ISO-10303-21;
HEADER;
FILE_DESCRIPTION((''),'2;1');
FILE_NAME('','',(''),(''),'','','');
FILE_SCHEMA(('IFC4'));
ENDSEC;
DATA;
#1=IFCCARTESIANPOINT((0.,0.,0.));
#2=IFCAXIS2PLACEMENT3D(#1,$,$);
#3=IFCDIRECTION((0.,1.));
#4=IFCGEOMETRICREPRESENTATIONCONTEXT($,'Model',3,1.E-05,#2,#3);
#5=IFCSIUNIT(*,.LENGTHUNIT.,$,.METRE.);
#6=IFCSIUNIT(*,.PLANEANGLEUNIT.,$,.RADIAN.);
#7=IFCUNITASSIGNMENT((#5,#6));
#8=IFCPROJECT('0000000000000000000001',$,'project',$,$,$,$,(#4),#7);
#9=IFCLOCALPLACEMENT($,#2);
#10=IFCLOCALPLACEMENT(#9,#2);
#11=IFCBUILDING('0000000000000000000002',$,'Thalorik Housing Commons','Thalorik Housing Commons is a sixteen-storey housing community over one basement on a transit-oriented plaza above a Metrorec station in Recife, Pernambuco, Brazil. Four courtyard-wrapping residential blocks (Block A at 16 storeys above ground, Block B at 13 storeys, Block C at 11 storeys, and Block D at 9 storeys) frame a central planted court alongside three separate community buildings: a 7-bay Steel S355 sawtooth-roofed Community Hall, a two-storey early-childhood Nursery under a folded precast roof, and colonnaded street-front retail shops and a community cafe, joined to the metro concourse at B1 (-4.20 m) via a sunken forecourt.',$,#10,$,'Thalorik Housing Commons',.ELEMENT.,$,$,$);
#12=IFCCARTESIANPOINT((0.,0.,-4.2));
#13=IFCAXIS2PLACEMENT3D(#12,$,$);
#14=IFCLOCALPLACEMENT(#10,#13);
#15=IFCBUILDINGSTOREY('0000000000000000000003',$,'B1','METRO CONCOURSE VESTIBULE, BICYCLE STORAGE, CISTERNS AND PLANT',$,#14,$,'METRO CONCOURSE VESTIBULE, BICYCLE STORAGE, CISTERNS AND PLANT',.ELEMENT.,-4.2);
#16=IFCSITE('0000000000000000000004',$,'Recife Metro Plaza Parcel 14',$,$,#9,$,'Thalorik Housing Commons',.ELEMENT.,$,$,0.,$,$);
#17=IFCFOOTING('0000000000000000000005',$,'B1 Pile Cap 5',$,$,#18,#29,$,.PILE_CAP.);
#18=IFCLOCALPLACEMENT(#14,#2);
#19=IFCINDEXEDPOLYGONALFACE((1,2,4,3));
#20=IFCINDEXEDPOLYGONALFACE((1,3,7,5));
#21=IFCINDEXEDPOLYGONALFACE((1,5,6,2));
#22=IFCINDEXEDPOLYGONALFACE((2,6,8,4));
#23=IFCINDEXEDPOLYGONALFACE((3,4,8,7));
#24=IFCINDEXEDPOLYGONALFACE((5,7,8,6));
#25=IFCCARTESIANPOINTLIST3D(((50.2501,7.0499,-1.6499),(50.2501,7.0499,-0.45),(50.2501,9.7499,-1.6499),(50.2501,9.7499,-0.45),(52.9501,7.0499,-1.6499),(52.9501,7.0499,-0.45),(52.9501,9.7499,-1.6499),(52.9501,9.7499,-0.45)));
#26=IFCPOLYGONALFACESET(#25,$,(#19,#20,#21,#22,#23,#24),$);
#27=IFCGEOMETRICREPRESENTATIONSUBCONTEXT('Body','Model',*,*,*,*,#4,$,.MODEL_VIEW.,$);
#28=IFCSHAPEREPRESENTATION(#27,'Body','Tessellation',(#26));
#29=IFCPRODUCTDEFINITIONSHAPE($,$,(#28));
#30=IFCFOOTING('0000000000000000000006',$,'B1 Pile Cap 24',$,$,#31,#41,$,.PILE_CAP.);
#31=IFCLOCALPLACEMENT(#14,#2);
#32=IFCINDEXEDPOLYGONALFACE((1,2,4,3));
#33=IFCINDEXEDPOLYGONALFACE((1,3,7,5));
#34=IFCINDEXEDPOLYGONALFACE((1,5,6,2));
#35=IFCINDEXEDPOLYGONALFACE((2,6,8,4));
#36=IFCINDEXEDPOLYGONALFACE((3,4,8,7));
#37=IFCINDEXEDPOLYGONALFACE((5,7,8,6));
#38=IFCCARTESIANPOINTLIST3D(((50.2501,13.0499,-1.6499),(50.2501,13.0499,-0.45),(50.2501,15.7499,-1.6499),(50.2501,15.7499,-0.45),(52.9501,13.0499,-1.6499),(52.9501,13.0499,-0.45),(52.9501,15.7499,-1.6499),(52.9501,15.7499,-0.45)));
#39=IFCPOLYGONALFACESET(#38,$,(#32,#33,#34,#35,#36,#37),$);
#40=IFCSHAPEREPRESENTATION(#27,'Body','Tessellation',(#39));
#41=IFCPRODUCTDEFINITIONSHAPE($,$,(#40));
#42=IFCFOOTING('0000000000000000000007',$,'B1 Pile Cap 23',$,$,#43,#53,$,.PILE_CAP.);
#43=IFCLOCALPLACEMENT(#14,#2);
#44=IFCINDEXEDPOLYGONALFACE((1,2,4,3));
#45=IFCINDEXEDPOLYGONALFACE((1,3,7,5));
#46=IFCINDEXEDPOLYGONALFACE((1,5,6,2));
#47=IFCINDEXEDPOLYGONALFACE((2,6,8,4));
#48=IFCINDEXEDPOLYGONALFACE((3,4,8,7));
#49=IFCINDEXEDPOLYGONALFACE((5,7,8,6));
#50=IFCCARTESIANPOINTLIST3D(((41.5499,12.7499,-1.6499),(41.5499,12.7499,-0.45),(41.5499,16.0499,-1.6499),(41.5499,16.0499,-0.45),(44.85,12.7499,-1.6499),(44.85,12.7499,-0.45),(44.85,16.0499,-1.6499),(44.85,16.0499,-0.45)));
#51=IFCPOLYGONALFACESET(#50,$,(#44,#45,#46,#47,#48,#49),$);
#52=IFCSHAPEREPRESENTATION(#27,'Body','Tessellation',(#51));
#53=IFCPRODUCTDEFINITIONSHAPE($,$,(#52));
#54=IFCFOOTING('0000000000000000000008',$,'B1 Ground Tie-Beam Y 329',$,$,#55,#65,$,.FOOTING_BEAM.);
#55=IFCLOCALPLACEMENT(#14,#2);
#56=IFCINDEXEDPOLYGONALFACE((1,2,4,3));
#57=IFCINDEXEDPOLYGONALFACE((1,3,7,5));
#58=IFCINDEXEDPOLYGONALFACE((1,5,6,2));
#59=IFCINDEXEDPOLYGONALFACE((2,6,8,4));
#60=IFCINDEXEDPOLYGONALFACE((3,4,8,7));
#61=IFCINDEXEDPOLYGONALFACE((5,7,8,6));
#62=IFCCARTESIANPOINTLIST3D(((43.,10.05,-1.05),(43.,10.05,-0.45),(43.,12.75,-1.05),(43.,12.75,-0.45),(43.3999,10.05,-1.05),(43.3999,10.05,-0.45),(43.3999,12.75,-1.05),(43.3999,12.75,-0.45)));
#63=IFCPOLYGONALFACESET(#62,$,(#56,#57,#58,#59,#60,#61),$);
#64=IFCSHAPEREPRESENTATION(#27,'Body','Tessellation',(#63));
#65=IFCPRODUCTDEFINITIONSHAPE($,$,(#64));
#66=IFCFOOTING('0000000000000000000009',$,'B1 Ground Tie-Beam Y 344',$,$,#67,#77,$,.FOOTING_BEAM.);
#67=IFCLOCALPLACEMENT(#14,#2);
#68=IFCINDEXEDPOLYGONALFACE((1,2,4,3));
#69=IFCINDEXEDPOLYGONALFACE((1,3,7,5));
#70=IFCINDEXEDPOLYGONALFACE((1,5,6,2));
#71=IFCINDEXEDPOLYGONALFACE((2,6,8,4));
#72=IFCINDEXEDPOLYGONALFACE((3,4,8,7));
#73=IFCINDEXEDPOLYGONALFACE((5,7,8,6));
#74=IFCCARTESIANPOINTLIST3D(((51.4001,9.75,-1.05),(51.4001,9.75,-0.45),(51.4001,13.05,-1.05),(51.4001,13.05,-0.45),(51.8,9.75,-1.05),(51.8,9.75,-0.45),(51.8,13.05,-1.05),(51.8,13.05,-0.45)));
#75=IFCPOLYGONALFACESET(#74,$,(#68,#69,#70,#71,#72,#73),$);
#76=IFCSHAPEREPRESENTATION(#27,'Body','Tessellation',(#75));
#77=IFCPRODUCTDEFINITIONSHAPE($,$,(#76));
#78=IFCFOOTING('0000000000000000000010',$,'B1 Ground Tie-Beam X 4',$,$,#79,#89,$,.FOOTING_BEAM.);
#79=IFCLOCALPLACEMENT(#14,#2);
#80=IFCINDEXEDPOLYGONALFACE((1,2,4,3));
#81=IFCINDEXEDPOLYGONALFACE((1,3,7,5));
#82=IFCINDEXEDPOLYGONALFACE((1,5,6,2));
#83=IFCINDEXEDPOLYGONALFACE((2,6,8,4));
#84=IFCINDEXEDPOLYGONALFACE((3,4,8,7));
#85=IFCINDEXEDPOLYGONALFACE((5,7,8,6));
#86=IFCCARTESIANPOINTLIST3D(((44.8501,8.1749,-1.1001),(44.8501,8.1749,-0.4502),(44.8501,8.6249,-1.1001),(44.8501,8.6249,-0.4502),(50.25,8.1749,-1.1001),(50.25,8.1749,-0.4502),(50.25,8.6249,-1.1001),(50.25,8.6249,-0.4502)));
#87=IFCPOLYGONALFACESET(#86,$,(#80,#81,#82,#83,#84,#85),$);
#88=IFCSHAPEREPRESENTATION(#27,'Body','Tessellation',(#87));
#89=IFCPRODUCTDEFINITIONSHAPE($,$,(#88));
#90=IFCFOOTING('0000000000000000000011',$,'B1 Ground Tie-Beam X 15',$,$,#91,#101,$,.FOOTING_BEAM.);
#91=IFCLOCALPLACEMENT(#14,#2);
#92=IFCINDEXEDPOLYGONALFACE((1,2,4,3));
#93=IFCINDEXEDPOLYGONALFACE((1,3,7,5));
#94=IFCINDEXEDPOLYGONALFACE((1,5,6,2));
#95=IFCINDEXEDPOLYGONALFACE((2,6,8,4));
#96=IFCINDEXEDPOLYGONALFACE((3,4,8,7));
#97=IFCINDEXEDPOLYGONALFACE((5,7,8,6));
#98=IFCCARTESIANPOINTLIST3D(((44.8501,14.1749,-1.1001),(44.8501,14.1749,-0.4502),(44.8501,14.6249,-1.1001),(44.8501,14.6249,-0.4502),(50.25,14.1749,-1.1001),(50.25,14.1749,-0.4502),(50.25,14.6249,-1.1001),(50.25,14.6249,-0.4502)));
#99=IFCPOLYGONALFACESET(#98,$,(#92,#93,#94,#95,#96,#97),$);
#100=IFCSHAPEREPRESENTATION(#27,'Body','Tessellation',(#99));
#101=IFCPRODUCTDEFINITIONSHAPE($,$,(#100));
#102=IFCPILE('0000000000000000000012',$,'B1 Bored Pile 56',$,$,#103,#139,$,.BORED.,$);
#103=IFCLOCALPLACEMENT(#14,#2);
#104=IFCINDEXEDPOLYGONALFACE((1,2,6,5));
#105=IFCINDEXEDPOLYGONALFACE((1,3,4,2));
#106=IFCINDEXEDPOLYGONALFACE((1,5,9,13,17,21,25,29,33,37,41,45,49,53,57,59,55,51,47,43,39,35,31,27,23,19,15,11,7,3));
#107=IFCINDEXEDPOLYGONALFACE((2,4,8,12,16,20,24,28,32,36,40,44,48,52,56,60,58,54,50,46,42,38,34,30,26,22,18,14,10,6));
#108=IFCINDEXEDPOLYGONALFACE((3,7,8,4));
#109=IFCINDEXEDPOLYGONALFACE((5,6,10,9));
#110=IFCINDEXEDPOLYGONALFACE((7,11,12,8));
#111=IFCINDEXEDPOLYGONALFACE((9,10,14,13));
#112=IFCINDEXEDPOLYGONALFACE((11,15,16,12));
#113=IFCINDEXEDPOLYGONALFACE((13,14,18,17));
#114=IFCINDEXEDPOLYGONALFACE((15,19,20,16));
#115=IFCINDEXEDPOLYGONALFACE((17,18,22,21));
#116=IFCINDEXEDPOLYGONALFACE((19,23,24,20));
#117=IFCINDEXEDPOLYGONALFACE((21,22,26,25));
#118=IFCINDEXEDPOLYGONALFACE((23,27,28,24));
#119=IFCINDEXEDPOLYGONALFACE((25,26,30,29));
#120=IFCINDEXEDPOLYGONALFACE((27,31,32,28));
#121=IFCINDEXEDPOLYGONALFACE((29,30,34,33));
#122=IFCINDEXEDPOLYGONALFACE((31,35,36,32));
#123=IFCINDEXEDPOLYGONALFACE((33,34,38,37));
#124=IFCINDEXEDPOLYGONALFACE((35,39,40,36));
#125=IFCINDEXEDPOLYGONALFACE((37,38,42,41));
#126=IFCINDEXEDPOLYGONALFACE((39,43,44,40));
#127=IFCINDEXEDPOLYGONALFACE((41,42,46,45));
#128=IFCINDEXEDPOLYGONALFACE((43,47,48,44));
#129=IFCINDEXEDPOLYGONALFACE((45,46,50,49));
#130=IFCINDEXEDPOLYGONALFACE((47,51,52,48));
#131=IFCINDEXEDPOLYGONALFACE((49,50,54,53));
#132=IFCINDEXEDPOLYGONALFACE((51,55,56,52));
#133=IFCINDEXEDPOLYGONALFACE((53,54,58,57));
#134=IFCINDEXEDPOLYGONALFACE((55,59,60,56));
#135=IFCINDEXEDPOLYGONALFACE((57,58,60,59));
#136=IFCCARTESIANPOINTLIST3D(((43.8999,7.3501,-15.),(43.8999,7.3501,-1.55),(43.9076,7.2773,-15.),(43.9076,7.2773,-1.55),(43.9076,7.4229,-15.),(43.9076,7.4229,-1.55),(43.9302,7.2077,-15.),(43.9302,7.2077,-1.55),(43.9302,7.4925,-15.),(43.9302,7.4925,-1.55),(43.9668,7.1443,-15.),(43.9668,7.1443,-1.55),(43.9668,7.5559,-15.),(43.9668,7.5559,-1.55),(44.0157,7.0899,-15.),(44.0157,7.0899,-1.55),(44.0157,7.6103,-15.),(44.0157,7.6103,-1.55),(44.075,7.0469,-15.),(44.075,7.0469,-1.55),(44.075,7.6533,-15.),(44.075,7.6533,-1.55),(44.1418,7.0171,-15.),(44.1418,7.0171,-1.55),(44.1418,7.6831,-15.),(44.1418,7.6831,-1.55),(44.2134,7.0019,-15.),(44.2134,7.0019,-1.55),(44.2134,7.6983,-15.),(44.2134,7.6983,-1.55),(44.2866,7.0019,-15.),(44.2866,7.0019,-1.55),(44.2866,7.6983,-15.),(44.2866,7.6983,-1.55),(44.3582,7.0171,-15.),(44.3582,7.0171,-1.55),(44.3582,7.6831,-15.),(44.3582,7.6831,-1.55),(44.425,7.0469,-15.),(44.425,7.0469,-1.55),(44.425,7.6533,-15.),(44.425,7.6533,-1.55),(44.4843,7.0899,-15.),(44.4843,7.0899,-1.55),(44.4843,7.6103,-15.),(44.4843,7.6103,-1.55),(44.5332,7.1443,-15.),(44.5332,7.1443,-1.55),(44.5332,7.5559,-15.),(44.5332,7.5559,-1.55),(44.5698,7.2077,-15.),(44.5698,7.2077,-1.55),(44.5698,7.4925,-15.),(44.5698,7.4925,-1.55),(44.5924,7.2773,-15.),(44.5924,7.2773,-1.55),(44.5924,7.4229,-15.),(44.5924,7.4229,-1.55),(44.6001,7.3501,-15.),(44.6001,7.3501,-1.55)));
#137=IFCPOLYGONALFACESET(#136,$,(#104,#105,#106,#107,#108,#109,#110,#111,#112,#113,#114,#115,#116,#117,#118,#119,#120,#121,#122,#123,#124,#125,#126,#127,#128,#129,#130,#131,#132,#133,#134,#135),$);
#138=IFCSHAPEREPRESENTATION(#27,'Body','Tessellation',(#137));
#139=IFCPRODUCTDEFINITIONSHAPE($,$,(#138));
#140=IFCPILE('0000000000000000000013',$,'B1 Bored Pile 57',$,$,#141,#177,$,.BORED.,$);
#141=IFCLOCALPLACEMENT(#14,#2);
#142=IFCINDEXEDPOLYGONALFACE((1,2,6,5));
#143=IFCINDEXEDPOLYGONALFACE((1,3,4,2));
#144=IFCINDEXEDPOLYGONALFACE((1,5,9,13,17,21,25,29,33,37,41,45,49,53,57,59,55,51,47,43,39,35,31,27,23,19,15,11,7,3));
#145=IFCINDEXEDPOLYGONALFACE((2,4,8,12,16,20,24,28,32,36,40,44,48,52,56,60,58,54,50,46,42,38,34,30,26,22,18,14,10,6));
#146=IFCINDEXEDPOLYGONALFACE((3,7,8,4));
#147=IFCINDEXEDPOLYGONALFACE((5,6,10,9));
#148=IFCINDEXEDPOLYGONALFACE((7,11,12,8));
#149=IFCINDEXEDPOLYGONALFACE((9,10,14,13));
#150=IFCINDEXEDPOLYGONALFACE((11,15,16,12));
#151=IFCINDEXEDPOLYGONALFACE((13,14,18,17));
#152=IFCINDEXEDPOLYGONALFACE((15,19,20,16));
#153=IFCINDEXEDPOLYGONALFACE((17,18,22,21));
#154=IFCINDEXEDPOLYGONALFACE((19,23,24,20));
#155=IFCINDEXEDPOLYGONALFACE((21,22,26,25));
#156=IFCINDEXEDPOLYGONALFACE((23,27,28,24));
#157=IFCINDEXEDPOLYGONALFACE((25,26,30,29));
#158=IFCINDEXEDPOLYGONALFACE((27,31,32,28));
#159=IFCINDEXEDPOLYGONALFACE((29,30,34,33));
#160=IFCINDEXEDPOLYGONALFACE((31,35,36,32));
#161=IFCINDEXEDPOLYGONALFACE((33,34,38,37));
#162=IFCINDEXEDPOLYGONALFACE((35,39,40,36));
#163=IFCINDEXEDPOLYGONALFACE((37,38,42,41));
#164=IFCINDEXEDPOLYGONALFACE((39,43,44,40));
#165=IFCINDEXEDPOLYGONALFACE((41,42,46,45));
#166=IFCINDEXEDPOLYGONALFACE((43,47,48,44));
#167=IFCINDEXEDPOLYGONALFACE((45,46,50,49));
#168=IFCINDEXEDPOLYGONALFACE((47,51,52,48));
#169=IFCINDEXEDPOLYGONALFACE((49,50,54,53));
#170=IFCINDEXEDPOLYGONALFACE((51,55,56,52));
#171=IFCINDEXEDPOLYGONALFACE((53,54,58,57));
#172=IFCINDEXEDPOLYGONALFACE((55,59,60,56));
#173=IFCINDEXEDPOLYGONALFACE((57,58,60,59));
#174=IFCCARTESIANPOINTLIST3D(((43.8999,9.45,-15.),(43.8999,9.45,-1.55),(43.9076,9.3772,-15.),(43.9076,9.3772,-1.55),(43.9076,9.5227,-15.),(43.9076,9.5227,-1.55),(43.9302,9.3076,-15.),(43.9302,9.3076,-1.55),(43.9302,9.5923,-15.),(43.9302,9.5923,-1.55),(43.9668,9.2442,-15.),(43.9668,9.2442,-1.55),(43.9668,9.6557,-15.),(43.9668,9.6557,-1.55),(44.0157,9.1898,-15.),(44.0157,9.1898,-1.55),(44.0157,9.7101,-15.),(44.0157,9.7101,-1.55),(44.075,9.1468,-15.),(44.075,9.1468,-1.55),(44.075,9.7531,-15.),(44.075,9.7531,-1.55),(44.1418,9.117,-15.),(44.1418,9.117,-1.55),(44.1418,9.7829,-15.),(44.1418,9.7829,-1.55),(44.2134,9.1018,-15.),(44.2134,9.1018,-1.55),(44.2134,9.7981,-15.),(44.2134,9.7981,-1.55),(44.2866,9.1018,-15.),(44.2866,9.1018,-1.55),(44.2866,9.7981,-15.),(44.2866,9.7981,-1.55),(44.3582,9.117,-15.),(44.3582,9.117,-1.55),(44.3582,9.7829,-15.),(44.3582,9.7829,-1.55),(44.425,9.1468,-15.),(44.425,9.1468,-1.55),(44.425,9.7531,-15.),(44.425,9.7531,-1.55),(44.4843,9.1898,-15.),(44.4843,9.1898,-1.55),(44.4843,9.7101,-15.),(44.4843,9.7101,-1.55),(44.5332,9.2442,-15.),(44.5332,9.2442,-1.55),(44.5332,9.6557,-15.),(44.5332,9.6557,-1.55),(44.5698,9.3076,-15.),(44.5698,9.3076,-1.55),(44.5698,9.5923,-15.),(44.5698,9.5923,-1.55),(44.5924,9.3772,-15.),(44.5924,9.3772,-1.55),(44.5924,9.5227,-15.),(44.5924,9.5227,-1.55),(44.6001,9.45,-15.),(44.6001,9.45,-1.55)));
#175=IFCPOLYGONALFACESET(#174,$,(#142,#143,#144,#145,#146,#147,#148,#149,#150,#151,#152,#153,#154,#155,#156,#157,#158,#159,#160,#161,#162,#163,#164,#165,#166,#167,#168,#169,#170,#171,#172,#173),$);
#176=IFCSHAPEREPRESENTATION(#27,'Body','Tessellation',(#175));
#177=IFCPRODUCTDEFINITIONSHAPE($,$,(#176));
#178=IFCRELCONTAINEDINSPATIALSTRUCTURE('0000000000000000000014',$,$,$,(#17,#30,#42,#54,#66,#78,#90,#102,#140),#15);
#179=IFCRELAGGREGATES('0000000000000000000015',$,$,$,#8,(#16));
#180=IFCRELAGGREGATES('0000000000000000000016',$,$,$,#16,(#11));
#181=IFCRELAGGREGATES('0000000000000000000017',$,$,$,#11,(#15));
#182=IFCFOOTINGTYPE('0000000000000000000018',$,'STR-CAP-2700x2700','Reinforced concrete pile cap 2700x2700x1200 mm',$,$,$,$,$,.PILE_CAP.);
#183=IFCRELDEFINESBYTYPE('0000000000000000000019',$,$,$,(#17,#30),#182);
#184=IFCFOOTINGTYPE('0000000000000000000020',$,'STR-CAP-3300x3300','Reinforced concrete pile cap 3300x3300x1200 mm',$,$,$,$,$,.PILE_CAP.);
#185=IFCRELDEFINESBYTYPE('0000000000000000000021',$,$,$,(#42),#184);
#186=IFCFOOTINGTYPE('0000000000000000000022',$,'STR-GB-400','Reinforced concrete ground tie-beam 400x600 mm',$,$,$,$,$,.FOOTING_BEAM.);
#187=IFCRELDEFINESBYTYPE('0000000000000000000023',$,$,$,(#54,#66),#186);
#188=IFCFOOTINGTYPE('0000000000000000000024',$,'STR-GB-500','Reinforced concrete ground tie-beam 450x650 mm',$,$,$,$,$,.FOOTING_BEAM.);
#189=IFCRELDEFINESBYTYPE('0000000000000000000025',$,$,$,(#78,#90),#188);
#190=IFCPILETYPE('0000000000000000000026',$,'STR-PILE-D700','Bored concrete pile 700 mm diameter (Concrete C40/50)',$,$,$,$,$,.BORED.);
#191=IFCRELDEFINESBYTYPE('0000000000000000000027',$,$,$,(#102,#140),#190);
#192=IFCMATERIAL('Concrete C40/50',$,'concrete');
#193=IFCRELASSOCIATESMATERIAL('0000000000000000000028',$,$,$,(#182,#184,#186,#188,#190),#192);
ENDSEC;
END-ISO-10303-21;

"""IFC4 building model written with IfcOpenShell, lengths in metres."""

from ifc_helpers import new_model, si_unit, direction, frame, origin, origin_2d, place, context, subcontext, project, spatial, rectangle, circle, extrude, material, material_profile, profile_set, type_object, element, save


model = new_model("IFC4")

# Units and contexts
model_context = context("Model", 3, precision=1e-05, world=origin(), true_north=direction((0.0, 1.0)))
body_context = subcontext(model_context, "Body", "Model", "MODEL_VIEW")
ifc_project = project(units=[si_unit("LENGTHUNIT", "METRE"), si_unit("PLANEANGLEUNIT", "RADIAN")], contexts=[model_context])

# Site, building, storey
site_placement = place(None, origin())
site = spatial("IfcSite", under=ifc_project, at=site_placement, Name="Recife Metro Plaza Parcel 14", LongName="Thalorik Housing Commons", CompositionType="ELEMENT", RefElevation=0.0)
building_placement = place(site_placement, origin())
building = spatial("IfcBuilding", under=site, at=building_placement, Name="Thalorik Housing Commons", Description="Thalorik Housing Commons is a sixteen-storey housing community over one basement on a transit-oriented plaza above a Metrorec station in Recife, Pernambuco, Brazil. Four courtyard-wrapping residential blocks (Block A at 16 storeys above ground, Block B at 13 storeys, Block C at 11 storeys, and Block D at 9 storeys) frame a central planted court alongside three separate community buildings: a 7-bay Steel S355 sawtooth-roofed Community Hall, a two-storey early-childhood Nursery under a folded precast roof, and colonnaded street-front retail shops and a community cafe, joined to the metro concourse at B1 (-4.20 m) via a sunken forecourt.", LongName="Thalorik Housing Commons", CompositionType="ELEMENT")
storey_placement = place(building_placement, frame((0.0, 0.0, -4.2)))
storey = spatial("IfcBuildingStorey", under=building, at=storey_placement, Name="B1", Description="METRO CONCOURSE VESTIBULE, BICYCLE STORAGE, CISTERNS AND PLANT", LongName="METRO CONCOURSE VESTIBULE, BICYCLE STORAGE, CISTERNS AND PLANT", CompositionType="ELEMENT", Elevation=-4.2)

# Footings
ifc_material_1 = material(Name="Concrete C40/50", Category="concrete")
footing_type_1 = type_object("IfcFootingType", Name="STR-CAP-2700x2700", Description="Reinforced concrete pile cap 2700x2700x1200 mm", PredefinedType="PILE_CAP", material=ifc_material_1)
for number, where, z_axis, x_axis, name in (
    (1, (51.6001, 8.3999, -1.6499), (0.0, 0.0, 1.0), (1.0, 0.0, 0.0), "B1 Pile Cap 5"),
    (2, (51.6001, 14.3999, -1.6499), (0.0, 0.0, 1.0), (1.0, 0.0, 0.0), "B1 Pile Cap 24"),
):
    element("IfcFooting", number, at=place(storey_placement, frame(where, z_axis=z_axis, x_axis=x_axis)), inside=storey, type_object=footing_type_1, Name=name, PredefinedType="PILE_CAP", context=body_context, shape_type="SweptSolid", body=[
        extrude(rectangle(XDim=2.7, YDim=2.7, at=origin_2d()), origin(), (0.0, 0.0, 1.0), 1.2),
    ])
footing_type_2 = type_object("IfcFootingType", Name="STR-CAP-3300x3300", Description="Reinforced concrete pile cap 3300x3300x1200 mm", PredefinedType="PILE_CAP", material=ifc_material_1)
footing_1_placement = place(storey_placement, frame((43.2, 14.3999, -1.6499), z_axis=(0.0, 0.0, 1.0), x_axis=(1.0, 0.0, 0.0)))
element("IfcFooting", 3, at=footing_1_placement, inside=storey, type_object=footing_type_2, Name="B1 Pile Cap 23", PredefinedType="PILE_CAP", context=body_context, shape_type="SweptSolid", body=[
    extrude(rectangle(XDim=3.3, YDim=3.3, at=origin_2d()), origin(), (0.0, 0.0, 1.0), 1.2),
])
ifc_material_profile_1 = material_profile(ifc_material_1, rectangle(XDim=0.3999, YDim=0.6001, at=origin_2d()), Name="RC 400x600", Category="concrete")
ifc_profile_set_1 = profile_set([ifc_material_profile_1], Name="Concrete C40/50")
footing_type_3 = type_object("IfcFootingType", Name="STR-GB-400", Description="Reinforced concrete ground tie-beam 400x600 mm", PredefinedType="FOOTING_BEAM", material=ifc_profile_set_1)
footing_2_placement = place(storey_placement, frame((43.2, 10.05, -0.75), z_axis=(0.0, 1.0, 0.0), x_axis=(-1.0, 0.0, 0.0)))
element("IfcFooting", 4, at=footing_2_placement, inside=storey, type_object=footing_type_3, Name="B1 Ground Tie-Beam Y 329", PredefinedType="FOOTING_BEAM", context=body_context, shape_type="SweptSolid", body=[
    extrude(rectangle(XDim=0.3999, YDim=0.6001, at=origin_2d()), origin(), (0.0, 0.0, 1.0), 2.7),
])
footing_3_placement = place(storey_placement, frame((51.6001, 9.75, -0.75), z_axis=(0.0, 1.0, 0.0), x_axis=(-1.0, 0.0, 0.0)))
element("IfcFooting", 5, at=footing_3_placement, inside=storey, type_object=footing_type_3, Name="B1 Ground Tie-Beam Y 344", PredefinedType="FOOTING_BEAM", context=body_context, shape_type="SweptSolid", body=[
    extrude(rectangle(XDim=0.3999, YDim=0.6001, at=origin_2d()), origin(), (0.0, 0.0, 1.0), 3.3),
])
ifc_material_profile_2 = material_profile(ifc_material_1, rectangle(XDim=0.45, YDim=0.6499, at=origin_2d()), Name="RC 450x650", Category="concrete")
ifc_profile_set_2 = profile_set([ifc_material_profile_2], Name="Concrete C40/50")
footing_type_4 = type_object("IfcFootingType", Name="STR-GB-500", Description="Reinforced concrete ground tie-beam 450x650 mm", PredefinedType="FOOTING_BEAM", material=ifc_profile_set_2)
for number, where, z_axis, x_axis, name in (
    (6, (44.8501, 8.3999, -0.7751), (1.0, 0.0, 0.0), (0.0, 1.0, 0.0), "B1 Ground Tie-Beam X 4"),
    (7, (44.8501, 14.3999, -0.7751), (1.0, 0.0, 0.0), (0.0, 1.0, 0.0), "B1 Ground Tie-Beam X 15"),
):
    element("IfcFooting", number, at=place(storey_placement, frame(where, z_axis=z_axis, x_axis=x_axis)), inside=storey, type_object=footing_type_4, Name=name, PredefinedType="FOOTING_BEAM", context=body_context, shape_type="SweptSolid", body=[
        extrude(rectangle(XDim=0.45, YDim=0.6499, at=origin_2d()), origin(), (0.0, 0.0, 1.0), 5.3999),
    ])

# Piles
ifc_material_profile_3 = material_profile(ifc_material_1, circle(Radius=0.3501, at=origin_2d()), Name="BORED PILE D700", Category="concrete")
ifc_profile_set_3 = profile_set([ifc_material_profile_3], Name="Concrete C40/50")
pile_type = type_object("IfcPileType", Name="STR-PILE-D700", Description="Bored concrete pile 700 mm diameter (Concrete C40/50)", PredefinedType="BORED", material=ifc_profile_set_3)
for number, where, z_axis, x_axis, name in (
    (8, (44.25, 7.3501, -1.55), (0.0, 0.0, -1.0), (1.0, 0.0, 0.0), "B1 Bored Pile 56"),
    (9, (44.25, 9.45, -1.55), (0.0, 0.0, -1.0), (1.0, 0.0, 0.0), "B1 Bored Pile 57"),
):
    element("IfcPile", number, at=place(storey_placement, frame(where, z_axis=z_axis, x_axis=x_axis)), inside=storey, type_object=pile_type, Name=name, PredefinedType="BORED", context=body_context, shape_type="SweptSolid", body=[
        extrude(circle(Radius=0.3501, at=origin_2d()), origin(), (0.0, 0.0, 1.0), 13.45),
    ])

save(model, "model.ifc")
